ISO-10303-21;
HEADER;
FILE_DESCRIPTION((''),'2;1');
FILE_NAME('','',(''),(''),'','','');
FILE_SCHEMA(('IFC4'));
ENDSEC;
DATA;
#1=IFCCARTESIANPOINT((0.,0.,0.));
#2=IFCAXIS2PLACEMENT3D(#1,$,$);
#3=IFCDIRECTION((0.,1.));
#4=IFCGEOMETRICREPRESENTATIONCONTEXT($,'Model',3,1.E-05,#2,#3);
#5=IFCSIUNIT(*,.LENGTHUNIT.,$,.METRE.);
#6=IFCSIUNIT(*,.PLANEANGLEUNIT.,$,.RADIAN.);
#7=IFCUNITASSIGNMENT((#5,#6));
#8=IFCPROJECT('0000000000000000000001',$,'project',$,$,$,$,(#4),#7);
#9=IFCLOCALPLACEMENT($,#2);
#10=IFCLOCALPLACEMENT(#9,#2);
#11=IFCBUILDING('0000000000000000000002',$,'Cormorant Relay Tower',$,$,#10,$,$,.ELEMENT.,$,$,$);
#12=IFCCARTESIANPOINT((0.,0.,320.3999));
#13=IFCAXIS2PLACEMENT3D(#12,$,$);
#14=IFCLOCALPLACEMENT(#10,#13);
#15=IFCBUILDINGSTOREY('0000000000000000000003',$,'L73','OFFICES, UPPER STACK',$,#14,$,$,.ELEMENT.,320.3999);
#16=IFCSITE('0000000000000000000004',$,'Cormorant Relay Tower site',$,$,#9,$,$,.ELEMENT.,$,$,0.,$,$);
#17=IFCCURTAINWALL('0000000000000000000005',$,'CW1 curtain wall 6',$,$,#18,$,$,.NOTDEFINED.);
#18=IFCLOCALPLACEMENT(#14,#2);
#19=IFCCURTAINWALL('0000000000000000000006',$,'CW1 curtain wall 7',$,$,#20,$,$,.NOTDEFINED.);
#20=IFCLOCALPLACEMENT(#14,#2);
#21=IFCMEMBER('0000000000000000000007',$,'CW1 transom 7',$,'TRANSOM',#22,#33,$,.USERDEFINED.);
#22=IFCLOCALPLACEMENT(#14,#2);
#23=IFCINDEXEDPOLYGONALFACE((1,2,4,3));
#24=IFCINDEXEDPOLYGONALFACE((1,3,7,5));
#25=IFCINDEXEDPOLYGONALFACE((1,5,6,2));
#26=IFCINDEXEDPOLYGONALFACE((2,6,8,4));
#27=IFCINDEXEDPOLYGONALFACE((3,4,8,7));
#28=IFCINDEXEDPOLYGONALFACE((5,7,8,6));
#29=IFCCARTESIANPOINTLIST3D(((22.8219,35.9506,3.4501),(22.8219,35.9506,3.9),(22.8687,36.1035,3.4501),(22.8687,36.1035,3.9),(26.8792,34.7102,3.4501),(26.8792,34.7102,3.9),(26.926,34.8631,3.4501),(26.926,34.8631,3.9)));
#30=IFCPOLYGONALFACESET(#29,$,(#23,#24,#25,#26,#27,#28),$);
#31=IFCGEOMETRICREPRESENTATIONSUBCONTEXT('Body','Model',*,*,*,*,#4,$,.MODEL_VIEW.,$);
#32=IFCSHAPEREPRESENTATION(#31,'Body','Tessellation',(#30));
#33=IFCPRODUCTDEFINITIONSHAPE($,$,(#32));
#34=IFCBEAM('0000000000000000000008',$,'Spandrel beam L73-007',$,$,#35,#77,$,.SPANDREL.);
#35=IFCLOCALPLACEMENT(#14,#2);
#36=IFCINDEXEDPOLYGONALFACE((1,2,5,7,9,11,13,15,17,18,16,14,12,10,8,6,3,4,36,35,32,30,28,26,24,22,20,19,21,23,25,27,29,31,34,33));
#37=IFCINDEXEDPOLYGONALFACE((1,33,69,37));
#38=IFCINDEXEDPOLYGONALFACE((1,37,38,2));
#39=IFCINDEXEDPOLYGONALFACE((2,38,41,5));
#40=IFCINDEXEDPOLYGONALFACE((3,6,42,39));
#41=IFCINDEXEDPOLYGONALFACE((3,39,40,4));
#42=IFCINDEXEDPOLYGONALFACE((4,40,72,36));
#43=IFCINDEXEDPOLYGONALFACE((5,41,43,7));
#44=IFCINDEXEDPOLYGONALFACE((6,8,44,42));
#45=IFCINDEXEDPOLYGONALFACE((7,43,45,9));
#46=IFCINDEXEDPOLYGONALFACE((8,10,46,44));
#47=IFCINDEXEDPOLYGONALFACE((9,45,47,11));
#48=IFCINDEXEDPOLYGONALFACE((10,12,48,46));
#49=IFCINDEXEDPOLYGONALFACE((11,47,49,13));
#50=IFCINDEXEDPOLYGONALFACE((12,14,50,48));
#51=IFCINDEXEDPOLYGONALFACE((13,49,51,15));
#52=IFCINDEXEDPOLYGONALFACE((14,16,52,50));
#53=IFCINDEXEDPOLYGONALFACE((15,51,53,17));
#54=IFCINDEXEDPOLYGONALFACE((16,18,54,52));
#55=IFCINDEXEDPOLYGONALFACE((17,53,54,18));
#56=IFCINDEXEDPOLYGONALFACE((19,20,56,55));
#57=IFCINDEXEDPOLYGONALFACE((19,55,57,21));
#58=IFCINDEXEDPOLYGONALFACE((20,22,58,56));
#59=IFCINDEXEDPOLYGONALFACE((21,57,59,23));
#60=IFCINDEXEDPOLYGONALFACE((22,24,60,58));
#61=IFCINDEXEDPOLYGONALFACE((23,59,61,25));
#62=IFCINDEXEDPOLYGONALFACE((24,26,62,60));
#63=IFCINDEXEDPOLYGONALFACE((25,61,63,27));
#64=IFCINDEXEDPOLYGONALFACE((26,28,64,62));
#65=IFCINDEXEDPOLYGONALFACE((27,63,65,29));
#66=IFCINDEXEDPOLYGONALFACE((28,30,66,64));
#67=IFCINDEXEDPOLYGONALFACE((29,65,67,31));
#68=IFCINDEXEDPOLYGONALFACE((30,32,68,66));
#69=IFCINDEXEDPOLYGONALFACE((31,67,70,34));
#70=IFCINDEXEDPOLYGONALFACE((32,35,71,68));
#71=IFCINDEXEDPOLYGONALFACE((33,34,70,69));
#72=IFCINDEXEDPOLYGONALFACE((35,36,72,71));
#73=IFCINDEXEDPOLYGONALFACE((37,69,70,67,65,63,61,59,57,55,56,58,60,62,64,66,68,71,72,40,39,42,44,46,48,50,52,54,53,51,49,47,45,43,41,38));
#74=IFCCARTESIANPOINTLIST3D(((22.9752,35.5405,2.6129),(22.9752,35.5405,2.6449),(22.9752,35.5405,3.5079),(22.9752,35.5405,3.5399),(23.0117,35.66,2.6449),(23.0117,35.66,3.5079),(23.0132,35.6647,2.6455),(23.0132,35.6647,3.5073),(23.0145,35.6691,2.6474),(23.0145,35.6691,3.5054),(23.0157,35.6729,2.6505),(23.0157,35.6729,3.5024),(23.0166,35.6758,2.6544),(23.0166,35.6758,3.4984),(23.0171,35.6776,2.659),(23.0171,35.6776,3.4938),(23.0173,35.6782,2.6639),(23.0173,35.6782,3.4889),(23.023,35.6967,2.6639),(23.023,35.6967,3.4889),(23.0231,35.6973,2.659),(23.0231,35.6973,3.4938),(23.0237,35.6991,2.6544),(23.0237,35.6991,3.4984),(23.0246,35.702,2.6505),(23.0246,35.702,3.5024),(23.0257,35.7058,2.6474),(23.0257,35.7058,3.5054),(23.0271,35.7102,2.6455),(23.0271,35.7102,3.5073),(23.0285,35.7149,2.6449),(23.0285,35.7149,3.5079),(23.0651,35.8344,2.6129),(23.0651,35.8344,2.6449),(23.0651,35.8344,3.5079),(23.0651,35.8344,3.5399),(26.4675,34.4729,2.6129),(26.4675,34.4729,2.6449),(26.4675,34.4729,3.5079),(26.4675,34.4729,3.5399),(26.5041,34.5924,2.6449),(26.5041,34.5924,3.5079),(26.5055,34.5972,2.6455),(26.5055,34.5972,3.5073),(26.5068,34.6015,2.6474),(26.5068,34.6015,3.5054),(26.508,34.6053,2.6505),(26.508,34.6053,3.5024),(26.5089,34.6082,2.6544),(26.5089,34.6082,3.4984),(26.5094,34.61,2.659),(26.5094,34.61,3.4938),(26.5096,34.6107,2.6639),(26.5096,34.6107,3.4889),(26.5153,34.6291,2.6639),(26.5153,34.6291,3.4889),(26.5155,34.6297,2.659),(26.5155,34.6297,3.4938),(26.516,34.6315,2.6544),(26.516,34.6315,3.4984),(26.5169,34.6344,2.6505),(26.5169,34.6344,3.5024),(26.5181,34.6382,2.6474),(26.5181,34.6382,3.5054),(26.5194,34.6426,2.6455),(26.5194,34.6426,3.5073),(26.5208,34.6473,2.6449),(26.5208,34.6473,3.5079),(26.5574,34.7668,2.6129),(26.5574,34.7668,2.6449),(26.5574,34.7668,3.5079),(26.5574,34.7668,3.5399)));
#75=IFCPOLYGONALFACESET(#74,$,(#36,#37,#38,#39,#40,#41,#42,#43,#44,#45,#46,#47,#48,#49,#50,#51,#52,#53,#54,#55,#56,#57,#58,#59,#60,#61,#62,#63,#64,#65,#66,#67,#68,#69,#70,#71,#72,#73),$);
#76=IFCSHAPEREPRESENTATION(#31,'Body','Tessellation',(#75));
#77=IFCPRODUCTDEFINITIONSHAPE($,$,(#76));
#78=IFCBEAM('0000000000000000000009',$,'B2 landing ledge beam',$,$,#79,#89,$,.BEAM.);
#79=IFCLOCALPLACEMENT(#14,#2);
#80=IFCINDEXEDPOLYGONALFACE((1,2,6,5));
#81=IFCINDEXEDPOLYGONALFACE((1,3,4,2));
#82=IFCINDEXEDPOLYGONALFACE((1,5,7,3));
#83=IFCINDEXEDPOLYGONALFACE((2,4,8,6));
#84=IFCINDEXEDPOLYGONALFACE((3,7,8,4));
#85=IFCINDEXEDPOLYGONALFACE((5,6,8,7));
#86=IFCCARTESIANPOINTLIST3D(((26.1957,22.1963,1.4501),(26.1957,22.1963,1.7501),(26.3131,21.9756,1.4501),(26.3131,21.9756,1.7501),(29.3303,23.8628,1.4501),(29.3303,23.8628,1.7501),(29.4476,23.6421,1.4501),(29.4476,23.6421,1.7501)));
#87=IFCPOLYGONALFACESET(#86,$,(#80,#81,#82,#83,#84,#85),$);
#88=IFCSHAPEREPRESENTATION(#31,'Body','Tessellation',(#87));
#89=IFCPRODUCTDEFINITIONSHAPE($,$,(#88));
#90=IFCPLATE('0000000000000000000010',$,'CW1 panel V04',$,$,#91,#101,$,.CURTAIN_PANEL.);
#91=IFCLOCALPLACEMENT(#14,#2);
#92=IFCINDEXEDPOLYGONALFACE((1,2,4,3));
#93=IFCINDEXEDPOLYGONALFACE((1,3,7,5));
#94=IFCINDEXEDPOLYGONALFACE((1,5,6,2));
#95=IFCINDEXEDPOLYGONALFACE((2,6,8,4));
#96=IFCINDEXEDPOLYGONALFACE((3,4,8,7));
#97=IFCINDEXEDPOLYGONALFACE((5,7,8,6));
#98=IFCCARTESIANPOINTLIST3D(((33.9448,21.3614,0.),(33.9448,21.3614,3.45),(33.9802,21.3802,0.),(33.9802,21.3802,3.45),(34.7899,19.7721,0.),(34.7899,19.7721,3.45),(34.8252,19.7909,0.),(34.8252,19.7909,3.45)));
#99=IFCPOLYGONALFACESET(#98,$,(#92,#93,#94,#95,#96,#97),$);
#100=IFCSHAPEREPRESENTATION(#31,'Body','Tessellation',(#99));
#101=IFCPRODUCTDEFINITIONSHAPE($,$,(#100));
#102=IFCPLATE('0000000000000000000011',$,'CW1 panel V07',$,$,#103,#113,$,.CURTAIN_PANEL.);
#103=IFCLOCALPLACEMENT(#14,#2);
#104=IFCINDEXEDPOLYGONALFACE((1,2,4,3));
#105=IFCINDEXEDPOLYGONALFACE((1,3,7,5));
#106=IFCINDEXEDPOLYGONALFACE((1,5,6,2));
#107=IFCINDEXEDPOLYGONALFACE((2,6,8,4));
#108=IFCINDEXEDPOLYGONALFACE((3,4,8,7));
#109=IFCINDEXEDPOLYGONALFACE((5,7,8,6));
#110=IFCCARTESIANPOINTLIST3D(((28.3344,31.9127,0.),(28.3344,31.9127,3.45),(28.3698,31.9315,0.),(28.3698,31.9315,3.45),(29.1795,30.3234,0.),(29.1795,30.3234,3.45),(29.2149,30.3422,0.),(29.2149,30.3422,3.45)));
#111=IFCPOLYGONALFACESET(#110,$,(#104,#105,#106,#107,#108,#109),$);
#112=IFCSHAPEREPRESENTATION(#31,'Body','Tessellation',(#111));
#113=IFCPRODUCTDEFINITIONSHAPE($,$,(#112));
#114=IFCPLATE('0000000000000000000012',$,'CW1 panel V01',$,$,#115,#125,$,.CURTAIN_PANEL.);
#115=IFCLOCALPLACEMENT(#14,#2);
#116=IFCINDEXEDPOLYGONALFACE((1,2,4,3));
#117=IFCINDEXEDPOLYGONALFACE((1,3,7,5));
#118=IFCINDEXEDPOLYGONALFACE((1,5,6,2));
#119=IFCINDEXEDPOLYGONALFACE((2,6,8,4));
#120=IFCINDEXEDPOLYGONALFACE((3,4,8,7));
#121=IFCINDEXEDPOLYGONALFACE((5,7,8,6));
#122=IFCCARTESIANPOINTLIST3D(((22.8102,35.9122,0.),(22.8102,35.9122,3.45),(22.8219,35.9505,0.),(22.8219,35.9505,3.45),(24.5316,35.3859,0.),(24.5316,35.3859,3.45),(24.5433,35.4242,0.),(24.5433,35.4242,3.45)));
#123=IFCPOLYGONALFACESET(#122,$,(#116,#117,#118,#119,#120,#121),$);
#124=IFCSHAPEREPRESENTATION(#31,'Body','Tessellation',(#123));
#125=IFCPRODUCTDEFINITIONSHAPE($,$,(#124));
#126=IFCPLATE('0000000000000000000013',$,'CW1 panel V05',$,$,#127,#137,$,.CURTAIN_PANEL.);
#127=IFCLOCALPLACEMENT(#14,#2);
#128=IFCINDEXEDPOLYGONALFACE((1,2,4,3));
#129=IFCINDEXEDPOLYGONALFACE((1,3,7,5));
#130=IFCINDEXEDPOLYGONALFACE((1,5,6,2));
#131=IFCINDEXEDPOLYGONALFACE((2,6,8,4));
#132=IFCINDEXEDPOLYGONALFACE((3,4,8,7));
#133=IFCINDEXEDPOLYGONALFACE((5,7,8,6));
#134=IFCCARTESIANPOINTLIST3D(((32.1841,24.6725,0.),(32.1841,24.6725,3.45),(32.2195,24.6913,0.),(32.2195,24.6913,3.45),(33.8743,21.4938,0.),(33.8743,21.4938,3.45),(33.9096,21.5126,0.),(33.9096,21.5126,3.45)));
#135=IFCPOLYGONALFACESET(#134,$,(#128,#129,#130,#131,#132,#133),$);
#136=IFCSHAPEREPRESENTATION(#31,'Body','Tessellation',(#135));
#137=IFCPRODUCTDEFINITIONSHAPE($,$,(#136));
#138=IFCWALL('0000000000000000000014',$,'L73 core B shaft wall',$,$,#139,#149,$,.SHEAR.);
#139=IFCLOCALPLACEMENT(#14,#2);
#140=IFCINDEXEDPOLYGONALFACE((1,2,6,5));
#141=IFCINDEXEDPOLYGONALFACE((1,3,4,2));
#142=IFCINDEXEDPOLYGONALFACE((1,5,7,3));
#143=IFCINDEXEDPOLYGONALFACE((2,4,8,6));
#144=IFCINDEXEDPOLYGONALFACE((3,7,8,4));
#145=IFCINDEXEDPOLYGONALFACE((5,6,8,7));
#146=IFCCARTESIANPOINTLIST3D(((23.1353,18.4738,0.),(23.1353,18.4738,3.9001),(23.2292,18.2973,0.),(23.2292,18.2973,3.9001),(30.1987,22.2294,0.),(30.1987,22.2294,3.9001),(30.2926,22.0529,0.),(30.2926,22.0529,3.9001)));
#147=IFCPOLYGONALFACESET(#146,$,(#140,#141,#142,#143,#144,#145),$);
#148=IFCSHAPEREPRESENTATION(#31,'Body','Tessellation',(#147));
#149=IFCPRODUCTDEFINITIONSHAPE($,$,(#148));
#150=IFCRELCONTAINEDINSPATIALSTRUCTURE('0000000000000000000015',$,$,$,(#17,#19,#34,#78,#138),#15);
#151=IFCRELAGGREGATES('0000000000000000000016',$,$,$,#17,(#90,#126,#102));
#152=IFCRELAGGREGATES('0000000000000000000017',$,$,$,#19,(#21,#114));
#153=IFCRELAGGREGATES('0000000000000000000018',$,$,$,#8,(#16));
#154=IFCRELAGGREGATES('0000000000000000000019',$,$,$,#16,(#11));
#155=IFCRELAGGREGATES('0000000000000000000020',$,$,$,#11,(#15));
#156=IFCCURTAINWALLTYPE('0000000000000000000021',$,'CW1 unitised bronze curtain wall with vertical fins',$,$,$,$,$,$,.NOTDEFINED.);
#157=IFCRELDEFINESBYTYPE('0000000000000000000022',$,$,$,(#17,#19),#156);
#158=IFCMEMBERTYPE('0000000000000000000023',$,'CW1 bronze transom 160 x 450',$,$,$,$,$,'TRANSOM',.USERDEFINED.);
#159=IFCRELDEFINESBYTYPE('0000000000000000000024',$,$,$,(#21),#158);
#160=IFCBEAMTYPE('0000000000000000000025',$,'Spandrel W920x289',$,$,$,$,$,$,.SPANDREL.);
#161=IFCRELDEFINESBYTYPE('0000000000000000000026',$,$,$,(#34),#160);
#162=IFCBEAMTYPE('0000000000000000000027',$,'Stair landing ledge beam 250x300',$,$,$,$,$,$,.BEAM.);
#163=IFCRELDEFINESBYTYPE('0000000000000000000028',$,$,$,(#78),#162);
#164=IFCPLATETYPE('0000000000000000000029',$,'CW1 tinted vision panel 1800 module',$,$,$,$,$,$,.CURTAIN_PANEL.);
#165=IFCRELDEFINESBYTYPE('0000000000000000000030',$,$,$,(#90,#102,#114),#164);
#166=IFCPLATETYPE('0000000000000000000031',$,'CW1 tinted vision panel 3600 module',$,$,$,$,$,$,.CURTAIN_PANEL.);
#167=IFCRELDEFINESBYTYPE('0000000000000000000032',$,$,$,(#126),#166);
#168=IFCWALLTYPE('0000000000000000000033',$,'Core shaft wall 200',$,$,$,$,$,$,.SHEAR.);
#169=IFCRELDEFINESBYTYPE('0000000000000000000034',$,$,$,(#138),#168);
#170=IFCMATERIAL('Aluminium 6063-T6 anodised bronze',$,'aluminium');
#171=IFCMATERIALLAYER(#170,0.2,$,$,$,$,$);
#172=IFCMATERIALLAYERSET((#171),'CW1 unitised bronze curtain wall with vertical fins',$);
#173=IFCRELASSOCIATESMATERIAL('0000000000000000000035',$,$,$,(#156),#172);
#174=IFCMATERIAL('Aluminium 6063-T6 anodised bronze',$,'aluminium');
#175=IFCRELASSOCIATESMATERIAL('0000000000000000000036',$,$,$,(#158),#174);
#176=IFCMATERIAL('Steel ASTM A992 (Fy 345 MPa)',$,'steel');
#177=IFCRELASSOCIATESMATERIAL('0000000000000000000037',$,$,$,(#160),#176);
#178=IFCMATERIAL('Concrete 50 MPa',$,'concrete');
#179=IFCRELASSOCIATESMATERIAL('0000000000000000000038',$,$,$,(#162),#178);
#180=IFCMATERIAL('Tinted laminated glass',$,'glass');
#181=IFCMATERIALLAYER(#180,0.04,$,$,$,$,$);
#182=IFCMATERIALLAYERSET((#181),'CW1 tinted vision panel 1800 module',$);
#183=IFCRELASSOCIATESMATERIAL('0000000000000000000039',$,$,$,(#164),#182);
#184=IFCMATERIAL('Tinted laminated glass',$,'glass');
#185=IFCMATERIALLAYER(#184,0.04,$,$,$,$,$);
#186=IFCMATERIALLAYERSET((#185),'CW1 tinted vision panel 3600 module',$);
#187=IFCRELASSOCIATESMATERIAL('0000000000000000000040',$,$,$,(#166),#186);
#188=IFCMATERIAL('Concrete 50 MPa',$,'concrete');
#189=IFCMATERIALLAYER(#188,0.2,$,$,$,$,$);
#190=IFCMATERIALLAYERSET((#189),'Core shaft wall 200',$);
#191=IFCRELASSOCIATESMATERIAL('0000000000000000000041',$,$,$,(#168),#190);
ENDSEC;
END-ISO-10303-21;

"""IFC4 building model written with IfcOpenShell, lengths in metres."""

from ifc_helpers import new_model, si_unit, direction, frame, frame_2d, origin, origin_2d, place, context, subcontext, project, spatial, rectangle, i_section, extrude, material, layer, layer_set, material_profile, profile_set, type_object, element, aggregate, save


model = new_model("IFC4")

# Units and contexts
model_context = context("Model", 3, precision=1e-05, world=origin(), true_north=direction((0.0, 1.0)))
body_context = subcontext(model_context, "Body", "Model", "MODEL_VIEW")
ifc_project = project(units=[si_unit("LENGTHUNIT", "METRE"), si_unit("PLANEANGLEUNIT", "RADIAN")], contexts=[model_context])

# Site, building, storey
site_placement = place(None, origin())
site = spatial("IfcSite", under=ifc_project, at=site_placement, Name="Cormorant Relay Tower site", CompositionType="ELEMENT", RefElevation=0.0)
building_placement = place(site_placement, origin())
building = spatial("IfcBuilding", under=site, at=building_placement, Name="Cormorant Relay Tower", CompositionType="ELEMENT")
storey_placement = place(building_placement, frame((0.0, 0.0, 320.3999)))
storey = spatial("IfcBuildingStorey", under=building, at=storey_placement, Name="L73", Description="OFFICES, UPPER STACK", CompositionType="ELEMENT", Elevation=320.3999)

# Curtain walls, member
ifc_material_1 = material(Name="Aluminium 6063-T6 anodised bronze", Category="aluminium")
ifc_layer_1 = layer(ifc_material_1, 0.2)
ifc_layer_set_1 = layer_set([ifc_layer_1], Name="CW1 unitised bronze curtain wall with vertical fins")
curtain_wall_type = type_object("IfcCurtainWallType", Name="CW1 unitised bronze curtain wall with vertical fins", PredefinedType="NOTDEFINED", material=ifc_layer_set_1)
curtain_wall_1_placement = place(storey_placement, origin())
curtain_wall_1 = element("IfcCurtainWall", 1, at=curtain_wall_1_placement, inside=storey, type_object=curtain_wall_type, Name="CW1 curtain wall 6", PredefinedType="NOTDEFINED")
curtain_wall_2_placement = place(storey_placement, origin())
curtain_wall_2 = element("IfcCurtainWall", 2, at=curtain_wall_2_placement, inside=storey, type_object=curtain_wall_type, Name="CW1 curtain wall 7", PredefinedType="NOTDEFINED")
ifc_material_2 = material(Name="Aluminium 6063-T6 anodised bronze", Category="aluminium")
ifc_material_profile_1 = material_profile(ifc_material_2, rectangle(XDim=0.1599, YDim=0.45, at=origin_2d()), Name="AL 160x450")
ifc_profile_set_1 = profile_set([ifc_material_profile_1], Name="Aluminium 6063-T6 anodised bronze")
member_type_1 = type_object("IfcMemberType", Name="CW1 bronze transom 160 x 450", ElementType="TRANSOM", PredefinedType="USERDEFINED", material=ifc_profile_set_1)
member_1_placement = place(storey_placement, frame((26.9026, 34.7866, 3.675), z_axis=(-0.956304, 0.292375, 0.0), x_axis=(-0.292375, -0.956304, 0.0)))
member_1 = element("IfcMember", 3, at=member_1_placement, type_object=member_type_1, Name="CW1 transom 7", ObjectType="TRANSOM", PredefinedType="USERDEFINED", context=body_context, shape_type="SweptSolid", body=[
    extrude(rectangle(XDim=0.1599, YDim=0.45, at=origin_2d()), origin(), (0.0, 0.0, 1.0), 4.2427),
])

# Beams
ifc_material_3 = material(Name="Steel ASTM A992 (Fy 345 MPa)", Category="steel")
ifc_material_profile_2 = material_profile(ifc_material_3, i_section(OverallWidth=0.3074, OverallDepth=0.927, WebThickness=0.0193, FlangeThickness=0.032, FilletRadius=0.019, at=origin_2d()), Name="W920x289")
ifc_profile_set_2 = profile_set([ifc_material_profile_2], Name="Steel ASTM A992 (Fy 345 MPa)")
beam_type_1 = type_object("IfcBeamType", Name="Spandrel W920x289", PredefinedType="SPANDREL", material=ifc_profile_set_2)
beam_1_placement = place(storey_placement, frame((26.5125, 34.6199, 3.0764), z_axis=(-0.956314, 0.292343, 0.0), x_axis=(-0.292343, -0.956314, 0.0)))
element("IfcBeam", 4, at=beam_1_placement, inside=storey, type_object=beam_type_1, Name="Spandrel beam L73-007", PredefinedType="SPANDREL", context=body_context, shape_type="SweptSolid", body=[
    extrude(i_section(OverallWidth=0.3074, OverallDepth=0.927, WebThickness=0.0193, FlangeThickness=0.032, FilletRadius=0.019, at=origin_2d()), origin(), (0.0, 0.0, 1.0), 3.6519),
])
ifc_material_4 = material(Name="Concrete 50 MPa", Category="concrete")
ifc_material_profile_3 = material_profile(ifc_material_4, rectangle(XDim=0.25, YDim=0.3, at=origin_2d()), Name="RC 250x300")
ifc_profile_set_3 = profile_set([ifc_material_profile_3], Name="Concrete 50 MPa")
beam_type_2 = type_object("IfcBeamType", Name="Stair landing ledge beam 250x300", PredefinedType="BEAM", material=ifc_profile_set_3)
beam_2_placement = place(storey_placement, frame((26.2544, 22.0859, 1.6001), z_axis=(0.882965, 0.469438, 0.0), x_axis=(-0.469438, 0.882965, 0.0)))
element("IfcBeam", 5, at=beam_2_placement, inside=storey, type_object=beam_type_2, Name="B2 landing ledge beam", PredefinedType="BEAM", context=body_context, shape_type="SweptSolid", body=[
    extrude(rectangle(XDim=0.25, YDim=0.3, at=origin_2d()), origin(), (0.0, 0.0, 1.0), 3.55),
])

# Plates
ifc_material_5 = material(Name="Tinted laminated glass", Category="glass")
ifc_layer_2 = layer(ifc_material_5, 0.04)
ifc_layer_set_2 = layer_set([ifc_layer_2], Name="CW1 tinted vision panel 1800 module")
plate_type_1 = type_object("IfcPlateType", Name="CW1 tinted vision panel 1800 module", PredefinedType="CURTAIN_PANEL", material=ifc_layer_set_2)
plate_1_placement = place(storey_placement, frame((34.385, 20.5762, 0.0), z_axis=(0.0, 0.0, 1.0), x_axis=(-0.469472, 0.882948, 0.0)))
plate_1 = element("IfcPlate", 6, at=plate_1_placement, type_object=plate_type_1, Name="CW1 panel V04", PredefinedType="CURTAIN_PANEL", context=body_context, shape_type="SweptSolid", body=[
    extrude(rectangle(XDim=1.8, YDim=0.04, at=origin_2d()), origin(), (0.0, 0.0, 1.0), 3.45),
])
plate_2_placement = place(storey_placement, frame((28.7747, 31.1274, 0.0), z_axis=(0.0, 0.0, 1.0), x_axis=(-0.469472, 0.882948, 0.0)))
plate_2 = element("IfcPlate", 7, at=plate_2_placement, type_object=plate_type_1, Name="CW1 panel V07", PredefinedType="CURTAIN_PANEL", context=body_context, shape_type="SweptSolid", body=[
    extrude(rectangle(XDim=1.8, YDim=0.04, at=origin_2d()), origin(), (0.0, 0.0, 1.0), 3.45),
])
plate_3_placement = place(storey_placement, frame((23.6768, 35.6682, 0.0), z_axis=(0.0, 0.0, 1.0), x_axis=(-0.956305, 0.292372, 0.0)))
plate_3 = element("IfcPlate", 8, at=plate_3_placement, type_object=plate_type_1, Name="CW1 panel V01", PredefinedType="CURTAIN_PANEL", context=body_context, shape_type="SweptSolid", body=[
    extrude(rectangle(XDim=1.8, YDim=0.04, at=origin_2d()), origin(), (0.0, 0.0, 1.0), 3.45),
])
ifc_material_6 = material(Name="Tinted laminated glass", Category="glass")
ifc_layer_3 = layer(ifc_material_6, 0.04)
ifc_layer_set_3 = layer_set([ifc_layer_3], Name="CW1 tinted vision panel 3600 module")
plate_type_2 = type_object("IfcPlateType", Name="CW1 tinted vision panel 3600 module", PredefinedType="CURTAIN_PANEL", material=ifc_layer_set_3)
plate_4_placement = place(storey_placement, frame((33.0469, 23.0925, 0.0), z_axis=(0.0, 0.0, 1.0), x_axis=(-0.469472, 0.882948, 0.0)))
plate_4 = element("IfcPlate", 9, at=plate_4_placement, type_object=plate_type_2, Name="CW1 panel V05", PredefinedType="CURTAIN_PANEL", context=body_context, shape_type="SweptSolid", body=[
    extrude(rectangle(XDim=3.6001, YDim=0.04, at=origin_2d()), origin(), (0.0, 0.0, 1.0), 3.45),
])

# Wall
ifc_material_7 = material(Name="Concrete 50 MPa", Category="concrete")
ifc_layer_4 = layer(ifc_material_7, 0.2)
ifc_layer_set_4 = layer_set([ifc_layer_4], Name="Core shaft wall 200")
wall_type = type_object("IfcWallType", Name="Core shaft wall 200", PredefinedType="SHEAR", material=ifc_layer_set_4)
wall_placement = place(storey_placement, frame((23.1821, 18.3855, 0.0), z_axis=(0.0, 0.0, 1.0), x_axis=(0.882953, 0.469462, 0.0)))
element("IfcWall", 10, at=wall_placement, inside=storey, type_object=wall_type, Name="L73 core B shaft wall", PredefinedType="SHEAR", context=body_context, shape_type="SweptSolid", body=[
    extrude(rectangle(XDim=7.9998, YDim=0.2, at=frame_2d((4.0, 0.0))), origin(), (0.0, 0.0, 1.0), 3.9001),
])

aggregate(curtain_wall_1, [plate_1, plate_4, plate_2])
aggregate(curtain_wall_2, [member_1, plate_3])

save(model, "model.ifc")
